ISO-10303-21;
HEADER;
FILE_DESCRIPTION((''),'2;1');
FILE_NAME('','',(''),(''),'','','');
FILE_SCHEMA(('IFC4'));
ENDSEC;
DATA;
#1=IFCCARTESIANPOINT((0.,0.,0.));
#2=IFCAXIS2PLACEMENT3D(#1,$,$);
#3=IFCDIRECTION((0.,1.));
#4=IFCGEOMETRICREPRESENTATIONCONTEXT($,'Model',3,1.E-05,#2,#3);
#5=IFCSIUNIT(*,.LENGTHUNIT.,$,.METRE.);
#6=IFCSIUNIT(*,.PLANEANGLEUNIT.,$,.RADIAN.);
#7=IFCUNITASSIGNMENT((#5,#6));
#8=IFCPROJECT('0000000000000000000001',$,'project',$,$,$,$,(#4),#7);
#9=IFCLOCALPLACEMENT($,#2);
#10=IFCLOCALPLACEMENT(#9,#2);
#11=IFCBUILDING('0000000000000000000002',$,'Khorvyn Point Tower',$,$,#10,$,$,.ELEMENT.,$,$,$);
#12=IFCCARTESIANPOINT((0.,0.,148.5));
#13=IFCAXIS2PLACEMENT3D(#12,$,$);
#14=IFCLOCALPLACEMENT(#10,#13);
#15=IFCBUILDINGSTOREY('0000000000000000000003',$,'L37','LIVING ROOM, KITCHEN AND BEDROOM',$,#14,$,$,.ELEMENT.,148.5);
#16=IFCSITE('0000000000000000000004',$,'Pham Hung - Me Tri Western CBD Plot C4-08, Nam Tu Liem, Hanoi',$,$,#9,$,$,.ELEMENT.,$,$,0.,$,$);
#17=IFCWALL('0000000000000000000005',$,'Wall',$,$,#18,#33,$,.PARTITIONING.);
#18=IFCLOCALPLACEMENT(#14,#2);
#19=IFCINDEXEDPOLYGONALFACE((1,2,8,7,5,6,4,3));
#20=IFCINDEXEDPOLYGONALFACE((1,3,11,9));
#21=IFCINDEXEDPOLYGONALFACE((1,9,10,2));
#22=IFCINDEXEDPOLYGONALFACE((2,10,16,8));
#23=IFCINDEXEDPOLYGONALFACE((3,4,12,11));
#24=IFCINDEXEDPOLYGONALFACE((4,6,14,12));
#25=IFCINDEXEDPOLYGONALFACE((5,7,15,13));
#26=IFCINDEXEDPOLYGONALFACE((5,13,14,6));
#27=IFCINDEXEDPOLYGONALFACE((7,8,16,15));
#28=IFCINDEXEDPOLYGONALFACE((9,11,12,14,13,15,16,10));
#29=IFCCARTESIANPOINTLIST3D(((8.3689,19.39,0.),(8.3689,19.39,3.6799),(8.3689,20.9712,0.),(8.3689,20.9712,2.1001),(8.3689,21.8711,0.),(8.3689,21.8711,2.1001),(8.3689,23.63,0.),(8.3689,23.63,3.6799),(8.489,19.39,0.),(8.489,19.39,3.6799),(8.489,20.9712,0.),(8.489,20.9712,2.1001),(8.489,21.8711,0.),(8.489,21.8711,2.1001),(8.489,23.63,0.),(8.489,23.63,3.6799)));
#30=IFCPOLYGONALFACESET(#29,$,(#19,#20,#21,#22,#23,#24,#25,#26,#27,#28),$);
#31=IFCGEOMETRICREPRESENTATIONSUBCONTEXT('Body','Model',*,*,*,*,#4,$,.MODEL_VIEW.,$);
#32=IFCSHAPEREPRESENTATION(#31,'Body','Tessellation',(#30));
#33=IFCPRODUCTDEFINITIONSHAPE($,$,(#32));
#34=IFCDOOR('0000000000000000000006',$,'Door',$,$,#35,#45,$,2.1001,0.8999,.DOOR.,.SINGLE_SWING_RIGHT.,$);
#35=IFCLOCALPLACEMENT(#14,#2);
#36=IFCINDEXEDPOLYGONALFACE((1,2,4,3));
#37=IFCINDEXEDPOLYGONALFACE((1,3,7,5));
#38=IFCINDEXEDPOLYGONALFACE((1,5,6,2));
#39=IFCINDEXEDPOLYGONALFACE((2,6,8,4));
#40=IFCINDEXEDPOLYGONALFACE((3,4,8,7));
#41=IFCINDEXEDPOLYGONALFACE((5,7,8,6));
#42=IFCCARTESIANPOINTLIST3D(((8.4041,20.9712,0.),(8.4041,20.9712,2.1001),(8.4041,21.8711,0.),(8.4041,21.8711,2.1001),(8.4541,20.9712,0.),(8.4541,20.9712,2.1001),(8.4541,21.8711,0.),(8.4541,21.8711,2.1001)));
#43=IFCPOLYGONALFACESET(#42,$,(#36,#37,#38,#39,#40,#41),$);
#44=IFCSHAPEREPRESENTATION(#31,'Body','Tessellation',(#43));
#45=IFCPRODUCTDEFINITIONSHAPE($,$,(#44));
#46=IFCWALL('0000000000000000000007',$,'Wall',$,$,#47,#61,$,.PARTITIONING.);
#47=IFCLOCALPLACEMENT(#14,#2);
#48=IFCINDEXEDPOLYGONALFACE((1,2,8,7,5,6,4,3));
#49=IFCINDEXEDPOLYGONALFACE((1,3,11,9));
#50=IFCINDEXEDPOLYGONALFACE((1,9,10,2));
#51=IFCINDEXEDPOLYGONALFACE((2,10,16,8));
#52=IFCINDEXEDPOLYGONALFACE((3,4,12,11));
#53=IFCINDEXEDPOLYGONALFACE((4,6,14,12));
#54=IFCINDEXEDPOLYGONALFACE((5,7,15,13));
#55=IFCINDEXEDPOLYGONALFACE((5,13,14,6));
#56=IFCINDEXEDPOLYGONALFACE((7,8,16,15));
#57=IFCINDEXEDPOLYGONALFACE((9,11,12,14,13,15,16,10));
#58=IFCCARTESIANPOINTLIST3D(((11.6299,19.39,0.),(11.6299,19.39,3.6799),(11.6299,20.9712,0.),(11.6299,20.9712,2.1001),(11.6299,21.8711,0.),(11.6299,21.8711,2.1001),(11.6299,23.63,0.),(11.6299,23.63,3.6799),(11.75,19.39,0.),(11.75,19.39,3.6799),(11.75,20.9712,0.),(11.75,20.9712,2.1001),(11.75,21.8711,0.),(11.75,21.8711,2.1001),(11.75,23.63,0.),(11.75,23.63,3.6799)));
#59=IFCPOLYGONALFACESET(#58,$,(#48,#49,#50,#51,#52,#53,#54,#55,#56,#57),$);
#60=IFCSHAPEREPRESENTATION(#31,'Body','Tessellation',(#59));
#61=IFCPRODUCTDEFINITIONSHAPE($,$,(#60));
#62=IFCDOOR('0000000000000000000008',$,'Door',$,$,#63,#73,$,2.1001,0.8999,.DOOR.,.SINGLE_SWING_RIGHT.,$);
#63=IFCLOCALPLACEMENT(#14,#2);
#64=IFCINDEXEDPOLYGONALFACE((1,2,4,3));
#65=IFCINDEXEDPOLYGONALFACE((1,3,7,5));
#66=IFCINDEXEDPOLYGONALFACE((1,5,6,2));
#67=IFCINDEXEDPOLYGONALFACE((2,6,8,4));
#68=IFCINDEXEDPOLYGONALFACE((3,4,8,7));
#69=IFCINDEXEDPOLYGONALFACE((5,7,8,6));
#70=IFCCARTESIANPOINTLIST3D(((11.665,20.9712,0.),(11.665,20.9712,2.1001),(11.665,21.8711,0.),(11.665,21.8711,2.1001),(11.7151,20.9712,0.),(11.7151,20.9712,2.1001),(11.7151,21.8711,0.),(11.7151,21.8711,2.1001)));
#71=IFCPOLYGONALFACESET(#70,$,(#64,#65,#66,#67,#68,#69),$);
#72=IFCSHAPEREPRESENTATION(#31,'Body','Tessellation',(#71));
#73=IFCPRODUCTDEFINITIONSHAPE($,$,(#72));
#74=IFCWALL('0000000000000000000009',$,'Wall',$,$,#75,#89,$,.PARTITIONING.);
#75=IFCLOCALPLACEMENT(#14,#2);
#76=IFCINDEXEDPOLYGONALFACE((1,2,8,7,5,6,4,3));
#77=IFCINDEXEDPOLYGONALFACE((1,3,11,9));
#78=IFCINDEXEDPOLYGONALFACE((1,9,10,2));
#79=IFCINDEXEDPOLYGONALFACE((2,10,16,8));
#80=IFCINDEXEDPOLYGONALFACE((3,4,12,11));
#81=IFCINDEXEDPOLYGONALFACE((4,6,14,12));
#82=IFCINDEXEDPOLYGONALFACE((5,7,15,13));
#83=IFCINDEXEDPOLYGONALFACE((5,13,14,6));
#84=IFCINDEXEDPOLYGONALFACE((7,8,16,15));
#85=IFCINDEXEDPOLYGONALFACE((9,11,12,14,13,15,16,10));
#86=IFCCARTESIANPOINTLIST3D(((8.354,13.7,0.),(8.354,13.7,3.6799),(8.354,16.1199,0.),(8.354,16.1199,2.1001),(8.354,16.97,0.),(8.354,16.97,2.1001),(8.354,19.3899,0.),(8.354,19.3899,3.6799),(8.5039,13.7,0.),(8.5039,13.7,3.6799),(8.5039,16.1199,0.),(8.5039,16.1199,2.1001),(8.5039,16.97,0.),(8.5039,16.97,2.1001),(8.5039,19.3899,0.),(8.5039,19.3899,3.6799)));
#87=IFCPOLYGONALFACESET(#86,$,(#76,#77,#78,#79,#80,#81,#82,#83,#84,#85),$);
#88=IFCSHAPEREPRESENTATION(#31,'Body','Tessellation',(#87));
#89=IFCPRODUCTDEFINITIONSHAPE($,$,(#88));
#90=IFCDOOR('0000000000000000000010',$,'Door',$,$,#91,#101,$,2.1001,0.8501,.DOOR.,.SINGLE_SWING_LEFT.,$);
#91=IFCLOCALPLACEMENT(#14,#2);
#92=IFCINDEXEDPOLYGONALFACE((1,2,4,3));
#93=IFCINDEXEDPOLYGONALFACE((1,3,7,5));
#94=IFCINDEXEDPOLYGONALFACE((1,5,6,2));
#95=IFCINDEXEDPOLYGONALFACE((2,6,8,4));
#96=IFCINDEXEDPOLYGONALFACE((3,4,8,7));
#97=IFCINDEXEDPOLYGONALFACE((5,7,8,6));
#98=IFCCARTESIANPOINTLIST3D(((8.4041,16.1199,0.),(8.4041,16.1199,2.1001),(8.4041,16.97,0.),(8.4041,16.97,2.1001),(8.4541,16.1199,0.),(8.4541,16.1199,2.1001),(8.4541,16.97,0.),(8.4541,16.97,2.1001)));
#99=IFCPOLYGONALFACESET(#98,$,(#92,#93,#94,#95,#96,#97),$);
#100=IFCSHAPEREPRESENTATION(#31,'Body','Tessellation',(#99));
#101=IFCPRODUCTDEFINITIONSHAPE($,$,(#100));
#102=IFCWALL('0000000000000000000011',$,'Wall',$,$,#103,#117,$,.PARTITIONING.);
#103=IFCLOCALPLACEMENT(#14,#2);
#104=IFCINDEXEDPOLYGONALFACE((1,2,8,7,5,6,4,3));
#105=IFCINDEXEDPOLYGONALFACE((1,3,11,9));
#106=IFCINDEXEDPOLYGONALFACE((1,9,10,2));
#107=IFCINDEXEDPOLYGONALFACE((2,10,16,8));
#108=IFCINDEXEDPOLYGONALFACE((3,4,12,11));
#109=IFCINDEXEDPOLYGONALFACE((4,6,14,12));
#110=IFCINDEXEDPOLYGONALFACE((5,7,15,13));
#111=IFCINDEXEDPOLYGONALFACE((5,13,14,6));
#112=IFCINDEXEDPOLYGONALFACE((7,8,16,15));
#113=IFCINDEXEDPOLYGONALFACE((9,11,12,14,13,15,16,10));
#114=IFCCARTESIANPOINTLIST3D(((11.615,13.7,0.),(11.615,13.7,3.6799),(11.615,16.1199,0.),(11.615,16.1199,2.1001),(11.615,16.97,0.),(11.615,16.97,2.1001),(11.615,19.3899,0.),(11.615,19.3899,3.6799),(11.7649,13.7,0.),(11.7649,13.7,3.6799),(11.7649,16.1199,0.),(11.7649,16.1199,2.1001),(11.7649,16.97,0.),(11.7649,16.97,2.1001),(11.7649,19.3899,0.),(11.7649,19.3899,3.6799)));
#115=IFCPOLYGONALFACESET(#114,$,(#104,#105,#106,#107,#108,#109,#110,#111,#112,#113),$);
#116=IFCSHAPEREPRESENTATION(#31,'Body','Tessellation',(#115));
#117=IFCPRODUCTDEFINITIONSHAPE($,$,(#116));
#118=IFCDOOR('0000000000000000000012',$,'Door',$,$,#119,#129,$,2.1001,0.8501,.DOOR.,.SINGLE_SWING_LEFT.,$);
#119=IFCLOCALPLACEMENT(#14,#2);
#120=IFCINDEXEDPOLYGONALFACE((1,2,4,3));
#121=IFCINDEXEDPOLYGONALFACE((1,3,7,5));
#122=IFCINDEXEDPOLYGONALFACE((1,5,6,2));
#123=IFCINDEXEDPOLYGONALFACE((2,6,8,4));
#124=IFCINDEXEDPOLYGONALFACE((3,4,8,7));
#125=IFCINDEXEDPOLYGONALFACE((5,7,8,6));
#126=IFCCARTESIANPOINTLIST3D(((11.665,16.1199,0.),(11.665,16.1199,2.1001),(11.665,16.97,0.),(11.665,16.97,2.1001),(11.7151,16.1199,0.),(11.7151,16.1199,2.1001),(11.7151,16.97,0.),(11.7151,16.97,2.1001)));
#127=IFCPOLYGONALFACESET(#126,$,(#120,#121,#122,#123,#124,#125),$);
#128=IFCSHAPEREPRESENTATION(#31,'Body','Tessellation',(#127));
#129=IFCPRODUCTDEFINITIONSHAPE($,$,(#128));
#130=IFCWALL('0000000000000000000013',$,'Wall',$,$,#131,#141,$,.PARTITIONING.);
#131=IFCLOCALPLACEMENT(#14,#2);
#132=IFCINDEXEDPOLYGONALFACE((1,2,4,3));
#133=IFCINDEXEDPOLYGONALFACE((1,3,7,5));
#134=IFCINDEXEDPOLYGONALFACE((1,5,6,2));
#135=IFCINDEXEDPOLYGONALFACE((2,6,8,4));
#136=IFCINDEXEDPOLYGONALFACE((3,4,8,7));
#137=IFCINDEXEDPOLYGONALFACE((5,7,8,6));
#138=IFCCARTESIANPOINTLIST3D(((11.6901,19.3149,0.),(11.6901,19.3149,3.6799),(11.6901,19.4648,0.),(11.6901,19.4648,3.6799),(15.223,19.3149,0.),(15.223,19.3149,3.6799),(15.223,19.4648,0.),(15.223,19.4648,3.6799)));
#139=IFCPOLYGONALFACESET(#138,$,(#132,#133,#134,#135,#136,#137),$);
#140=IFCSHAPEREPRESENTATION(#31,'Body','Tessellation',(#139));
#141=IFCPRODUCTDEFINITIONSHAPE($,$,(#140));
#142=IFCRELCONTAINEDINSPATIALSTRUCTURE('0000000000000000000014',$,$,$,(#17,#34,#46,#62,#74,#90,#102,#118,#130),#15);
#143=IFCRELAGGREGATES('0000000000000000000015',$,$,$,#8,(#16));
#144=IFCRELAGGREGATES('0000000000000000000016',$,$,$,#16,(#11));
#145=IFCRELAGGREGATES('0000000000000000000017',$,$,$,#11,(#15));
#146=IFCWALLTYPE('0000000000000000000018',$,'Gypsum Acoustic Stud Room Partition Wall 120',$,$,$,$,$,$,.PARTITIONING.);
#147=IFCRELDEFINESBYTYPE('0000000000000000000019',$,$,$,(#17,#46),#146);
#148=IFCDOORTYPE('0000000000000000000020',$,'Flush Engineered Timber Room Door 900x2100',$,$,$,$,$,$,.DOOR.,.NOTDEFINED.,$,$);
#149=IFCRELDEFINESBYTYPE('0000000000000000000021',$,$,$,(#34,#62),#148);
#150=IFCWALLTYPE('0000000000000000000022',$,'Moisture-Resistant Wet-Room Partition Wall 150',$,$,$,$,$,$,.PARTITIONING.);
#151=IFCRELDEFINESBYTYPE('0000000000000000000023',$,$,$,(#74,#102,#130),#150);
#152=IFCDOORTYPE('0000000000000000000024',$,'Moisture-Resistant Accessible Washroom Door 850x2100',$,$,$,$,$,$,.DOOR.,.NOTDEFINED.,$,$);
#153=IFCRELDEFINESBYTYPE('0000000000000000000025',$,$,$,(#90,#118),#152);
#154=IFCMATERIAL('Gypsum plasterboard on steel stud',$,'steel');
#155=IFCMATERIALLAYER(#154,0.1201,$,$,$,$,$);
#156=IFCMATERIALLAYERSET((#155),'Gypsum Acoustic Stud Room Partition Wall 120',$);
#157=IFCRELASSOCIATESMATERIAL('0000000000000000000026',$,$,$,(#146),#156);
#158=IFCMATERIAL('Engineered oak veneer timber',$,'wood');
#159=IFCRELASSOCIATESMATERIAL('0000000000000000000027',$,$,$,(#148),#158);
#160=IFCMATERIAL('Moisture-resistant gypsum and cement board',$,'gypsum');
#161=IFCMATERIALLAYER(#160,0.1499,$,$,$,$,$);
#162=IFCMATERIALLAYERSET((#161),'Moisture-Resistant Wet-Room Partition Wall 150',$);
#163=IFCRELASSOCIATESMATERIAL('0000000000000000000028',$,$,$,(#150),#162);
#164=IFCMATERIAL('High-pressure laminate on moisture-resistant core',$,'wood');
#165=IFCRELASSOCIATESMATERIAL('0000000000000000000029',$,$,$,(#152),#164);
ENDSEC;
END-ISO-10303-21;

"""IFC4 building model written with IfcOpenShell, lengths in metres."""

from ifc_helpers import new_model, si_unit, direction, frame, frame_2d, origin, place, context, subcontext, project, spatial, rectangle, extrude, material, layer, layer_set, type_object, element, fill, save


model = new_model("IFC4")

# Units and contexts
model_context = context("Model", 3, precision=1e-05, world=origin(), true_north=direction((0.0, 1.0)))
body_context = subcontext(model_context, "Body", "Model", "MODEL_VIEW")
ifc_project = project(units=[si_unit("LENGTHUNIT", "METRE"), si_unit("PLANEANGLEUNIT", "RADIAN")], contexts=[model_context])

# Site, building, storey
site_placement = place(None, origin())
site = spatial("IfcSite", under=ifc_project, at=site_placement, Name="Pham Hung - Me Tri Western CBD Plot C4-08, Nam Tu Liem, Hanoi", CompositionType="ELEMENT", RefElevation=0.0)
building_placement = place(site_placement, origin())
building = spatial("IfcBuilding", under=site, at=building_placement, Name="Khorvyn Point Tower", CompositionType="ELEMENT")
storey_placement = place(building_placement, frame((0.0, 0.0, 148.5)))
storey = spatial("IfcBuildingStorey", under=building, at=storey_placement, Name="L37", Description="LIVING ROOM, KITCHEN AND BEDROOM", CompositionType="ELEMENT", Elevation=148.5)

# Walls, openings, doors
ifc_material_1 = material(Name="Gypsum plasterboard on steel stud", Category="steel")
ifc_layer_1 = layer(ifc_material_1, 0.1201)
ifc_layer_set_1 = layer_set([ifc_layer_1], Name="Gypsum Acoustic Stud Room Partition Wall 120")
wall_type_1 = type_object("IfcWallType", Name="Gypsum Acoustic Stud Room Partition Wall 120", PredefinedType="PARTITIONING", material=ifc_layer_set_1)
wall_1_placement = place(storey_placement, frame((8.429, 19.3899, 0.0), z_axis=(0.0, 0.0, 1.0), x_axis=(0.0, 1.0, 0.0)))
wall_1 = element("IfcWall", 1, at=wall_1_placement, inside=storey, type_object=wall_type_1, Name="Wall", PredefinedType="PARTITIONING", context=body_context, shape_type="SweptSolid", body=[
    extrude(rectangle(XDim=4.24, YDim=0.1201, at=frame_2d((2.1201, 0.0))), origin(), (0.0, 0.0, 1.0), 3.6799),
])
opening_1_placement = place(wall_1_placement, frame((1.5813, 0.0, 0.0)))
opening_1 = element("IfcOpeningElement", 2, at=opening_1_placement, cuts=wall_1, PredefinedType="OPENING", context=body_context, shape_type="SweptSolid", body=[
    extrude(rectangle(XDim=0.8999, YDim=2.1001, at=frame_2d((0.45, 1.05))), frame((0.0, 0.0701, 0.0), z_axis=(0.0, -1.0, 0.0), x_axis=(1.0, 0.0, 0.0)), (0.0, 0.0, 1.0), 0.1401),
])
ifc_material_2 = material(Name="Engineered oak veneer timber", Category="wood")
door_type_1 = type_object("IfcDoorType", Name="Flush Engineered Timber Room Door 900x2100", OperationType="NOTDEFINED", PredefinedType="DOOR", material=ifc_material_2)
door_1_placement = place(opening_1_placement, origin())
door_1 = element("IfcDoor", 3, at=door_1_placement, inside=storey, type_object=door_type_1, Name="Door", OperationType="SINGLE_SWING_RIGHT", OverallHeight=2.1001, OverallWidth=0.8999, PredefinedType="DOOR", context=body_context, shape_type="SweptSolid", body=[
    extrude(rectangle(XDim=0.8999, YDim=2.1001, at=frame_2d((0.45, 1.05))), frame((0.0, 0.0249, 0.0), z_axis=(0.0, -1.0, 0.0), x_axis=(1.0, 0.0, 0.0)), (0.0, 0.0, 1.0), 0.05),
])
fill(opening_1, door_1)
wall_2_placement = place(storey_placement, frame((11.6899, 19.3899, 0.0), z_axis=(0.0, 0.0, 1.0), x_axis=(0.0, 1.0, 0.0)))
wall_2 = element("IfcWall", 4, at=wall_2_placement, inside=storey, type_object=wall_type_1, Name="Wall", PredefinedType="PARTITIONING", context=body_context, shape_type="SweptSolid", body=[
    extrude(rectangle(XDim=4.24, YDim=0.1201, at=frame_2d((2.1201, 0.0))), origin(), (0.0, 0.0, 1.0), 3.6799),
])
opening_2_placement = place(wall_2_placement, frame((1.5813, 0.0, 0.0)))
opening_2 = element("IfcOpeningElement", 5, at=opening_2_placement, cuts=wall_2, PredefinedType="OPENING", context=body_context, shape_type="SweptSolid", body=[
    extrude(rectangle(XDim=0.8999, YDim=2.1001, at=frame_2d((0.45, 1.05))), frame((0.0, 0.0701, 0.0), z_axis=(0.0, -1.0, 0.0), x_axis=(1.0, 0.0, 0.0)), (0.0, 0.0, 1.0), 0.1401),
])
door_2_placement = place(opening_2_placement, origin())
door_2 = element("IfcDoor", 6, at=door_2_placement, inside=storey, type_object=door_type_1, Name="Door", OperationType="SINGLE_SWING_RIGHT", OverallHeight=2.1001, OverallWidth=0.8999, PredefinedType="DOOR", context=body_context, shape_type="SweptSolid", body=[
    extrude(rectangle(XDim=0.8999, YDim=2.1001, at=frame_2d((0.45, 1.05))), frame((0.0, 0.0249, 0.0), z_axis=(0.0, -1.0, 0.0), x_axis=(1.0, 0.0, 0.0)), (0.0, 0.0, 1.0), 0.05),
])
fill(opening_2, door_2)
ifc_material_3 = material(Name="Moisture-resistant gypsum and cement board", Category="gypsum")
ifc_layer_2 = layer(ifc_material_3, 0.1499)
ifc_layer_set_2 = layer_set([ifc_layer_2], Name="Moisture-Resistant Wet-Room Partition Wall 150")
wall_type_2 = type_object("IfcWallType", Name="Moisture-Resistant Wet-Room Partition Wall 150", PredefinedType="PARTITIONING", material=ifc_layer_set_2)
wall_3_placement = place(storey_placement, frame((8.429, 13.7, 0.0), z_axis=(0.0, 0.0, 1.0), x_axis=(0.0, 1.0, 0.0)))
wall_3 = element("IfcWall", 7, at=wall_3_placement, inside=storey, type_object=wall_type_2, Name="Wall", PredefinedType="PARTITIONING", context=body_context, shape_type="SweptSolid", body=[
    extrude(rectangle(XDim=5.6899, YDim=0.1499, at=frame_2d((2.845, 0.0))), origin(), (0.0, 0.0, 1.0), 3.6799),
])
opening_3_placement = place(wall_3_placement, frame((2.4199, 0.0, 0.0)))
opening_3 = element("IfcOpeningElement", 8, at=opening_3_placement, cuts=wall_3, PredefinedType="OPENING", context=body_context, shape_type="SweptSolid", body=[
    extrude(rectangle(XDim=0.8501, YDim=2.1001, at=frame_2d((0.425, 1.05))), frame((0.0, 0.085, 0.0), z_axis=(0.0, -1.0, 0.0), x_axis=(1.0, 0.0, 0.0)), (0.0, 0.0, 1.0), 0.1699),
])
ifc_material_4 = material(Name="High-pressure laminate on moisture-resistant core", Category="wood")
door_type_2 = type_object("IfcDoorType", Name="Moisture-Resistant Accessible Washroom Door 850x2100", OperationType="NOTDEFINED", PredefinedType="DOOR", material=ifc_material_4)
door_3_placement = place(opening_3_placement, origin())
door_3 = element("IfcDoor", 9, at=door_3_placement, inside=storey, type_object=door_type_2, Name="Door", OperationType="SINGLE_SWING_LEFT", OverallHeight=2.1001, OverallWidth=0.8501, PredefinedType="DOOR", context=body_context, shape_type="SweptSolid", body=[
    extrude(rectangle(XDim=0.8501, YDim=2.1001, at=frame_2d((0.425, 1.05))), frame((0.0, 0.0249, 0.0), z_axis=(0.0, -1.0, 0.0), x_axis=(1.0, 0.0, 0.0)), (0.0, 0.0, 1.0), 0.05),
])
fill(opening_3, door_3)
wall_4_placement = place(storey_placement, frame((11.6899, 13.7, 0.0), z_axis=(0.0, 0.0, 1.0), x_axis=(0.0, 1.0, 0.0)))
wall_4 = element("IfcWall", 10, at=wall_4_placement, inside=storey, type_object=wall_type_2, Name="Wall", PredefinedType="PARTITIONING", context=body_context, shape_type="SweptSolid", body=[
    extrude(rectangle(XDim=5.6899, YDim=0.1499, at=frame_2d((2.845, 0.0))), origin(), (0.0, 0.0, 1.0), 3.6799),
])
opening_4_placement = place(wall_4_placement, frame((2.4199, 0.0, 0.0)))
opening_4 = element("IfcOpeningElement", 11, at=opening_4_placement, cuts=wall_4, PredefinedType="OPENING", context=body_context, shape_type="SweptSolid", body=[
    extrude(rectangle(XDim=0.8501, YDim=2.1001, at=frame_2d((0.425, 1.05))), frame((0.0, 0.085, 0.0), z_axis=(0.0, -1.0, 0.0), x_axis=(1.0, 0.0, 0.0)), (0.0, 0.0, 1.0), 0.1699),
])
door_4_placement = place(opening_4_placement, origin())
door_4 = element("IfcDoor", 12, at=door_4_placement, inside=storey, type_object=door_type_2, Name="Door", OperationType="SINGLE_SWING_LEFT", OverallHeight=2.1001, OverallWidth=0.8501, PredefinedType="DOOR", context=body_context, shape_type="SweptSolid", body=[
    extrude(rectangle(XDim=0.8501, YDim=2.1001, at=frame_2d((0.425, 1.05))), frame((0.0, 0.0249, 0.0), z_axis=(0.0, -1.0, 0.0), x_axis=(1.0, 0.0, 0.0)), (0.0, 0.0, 1.0), 0.05),
])
fill(opening_4, door_4)

# Wall
wall_5_placement = place(storey_placement, frame((11.6899, 19.3899, 0.0), z_axis=(0.0, 0.0, 1.0), x_axis=(1.0, 0.0, 0.0)))
element("IfcWall", 13, at=wall_5_placement, inside=storey, type_object=wall_type_2, Name="Wall", PredefinedType="PARTITIONING", context=body_context, shape_type="SweptSolid", body=[
    extrude(rectangle(XDim=3.533, YDim=0.1499, at=frame_2d((1.7666, 0.0))), origin(), (0.0, 0.0, 1.0), 3.6799),
])

save(model, "model.ifc")
